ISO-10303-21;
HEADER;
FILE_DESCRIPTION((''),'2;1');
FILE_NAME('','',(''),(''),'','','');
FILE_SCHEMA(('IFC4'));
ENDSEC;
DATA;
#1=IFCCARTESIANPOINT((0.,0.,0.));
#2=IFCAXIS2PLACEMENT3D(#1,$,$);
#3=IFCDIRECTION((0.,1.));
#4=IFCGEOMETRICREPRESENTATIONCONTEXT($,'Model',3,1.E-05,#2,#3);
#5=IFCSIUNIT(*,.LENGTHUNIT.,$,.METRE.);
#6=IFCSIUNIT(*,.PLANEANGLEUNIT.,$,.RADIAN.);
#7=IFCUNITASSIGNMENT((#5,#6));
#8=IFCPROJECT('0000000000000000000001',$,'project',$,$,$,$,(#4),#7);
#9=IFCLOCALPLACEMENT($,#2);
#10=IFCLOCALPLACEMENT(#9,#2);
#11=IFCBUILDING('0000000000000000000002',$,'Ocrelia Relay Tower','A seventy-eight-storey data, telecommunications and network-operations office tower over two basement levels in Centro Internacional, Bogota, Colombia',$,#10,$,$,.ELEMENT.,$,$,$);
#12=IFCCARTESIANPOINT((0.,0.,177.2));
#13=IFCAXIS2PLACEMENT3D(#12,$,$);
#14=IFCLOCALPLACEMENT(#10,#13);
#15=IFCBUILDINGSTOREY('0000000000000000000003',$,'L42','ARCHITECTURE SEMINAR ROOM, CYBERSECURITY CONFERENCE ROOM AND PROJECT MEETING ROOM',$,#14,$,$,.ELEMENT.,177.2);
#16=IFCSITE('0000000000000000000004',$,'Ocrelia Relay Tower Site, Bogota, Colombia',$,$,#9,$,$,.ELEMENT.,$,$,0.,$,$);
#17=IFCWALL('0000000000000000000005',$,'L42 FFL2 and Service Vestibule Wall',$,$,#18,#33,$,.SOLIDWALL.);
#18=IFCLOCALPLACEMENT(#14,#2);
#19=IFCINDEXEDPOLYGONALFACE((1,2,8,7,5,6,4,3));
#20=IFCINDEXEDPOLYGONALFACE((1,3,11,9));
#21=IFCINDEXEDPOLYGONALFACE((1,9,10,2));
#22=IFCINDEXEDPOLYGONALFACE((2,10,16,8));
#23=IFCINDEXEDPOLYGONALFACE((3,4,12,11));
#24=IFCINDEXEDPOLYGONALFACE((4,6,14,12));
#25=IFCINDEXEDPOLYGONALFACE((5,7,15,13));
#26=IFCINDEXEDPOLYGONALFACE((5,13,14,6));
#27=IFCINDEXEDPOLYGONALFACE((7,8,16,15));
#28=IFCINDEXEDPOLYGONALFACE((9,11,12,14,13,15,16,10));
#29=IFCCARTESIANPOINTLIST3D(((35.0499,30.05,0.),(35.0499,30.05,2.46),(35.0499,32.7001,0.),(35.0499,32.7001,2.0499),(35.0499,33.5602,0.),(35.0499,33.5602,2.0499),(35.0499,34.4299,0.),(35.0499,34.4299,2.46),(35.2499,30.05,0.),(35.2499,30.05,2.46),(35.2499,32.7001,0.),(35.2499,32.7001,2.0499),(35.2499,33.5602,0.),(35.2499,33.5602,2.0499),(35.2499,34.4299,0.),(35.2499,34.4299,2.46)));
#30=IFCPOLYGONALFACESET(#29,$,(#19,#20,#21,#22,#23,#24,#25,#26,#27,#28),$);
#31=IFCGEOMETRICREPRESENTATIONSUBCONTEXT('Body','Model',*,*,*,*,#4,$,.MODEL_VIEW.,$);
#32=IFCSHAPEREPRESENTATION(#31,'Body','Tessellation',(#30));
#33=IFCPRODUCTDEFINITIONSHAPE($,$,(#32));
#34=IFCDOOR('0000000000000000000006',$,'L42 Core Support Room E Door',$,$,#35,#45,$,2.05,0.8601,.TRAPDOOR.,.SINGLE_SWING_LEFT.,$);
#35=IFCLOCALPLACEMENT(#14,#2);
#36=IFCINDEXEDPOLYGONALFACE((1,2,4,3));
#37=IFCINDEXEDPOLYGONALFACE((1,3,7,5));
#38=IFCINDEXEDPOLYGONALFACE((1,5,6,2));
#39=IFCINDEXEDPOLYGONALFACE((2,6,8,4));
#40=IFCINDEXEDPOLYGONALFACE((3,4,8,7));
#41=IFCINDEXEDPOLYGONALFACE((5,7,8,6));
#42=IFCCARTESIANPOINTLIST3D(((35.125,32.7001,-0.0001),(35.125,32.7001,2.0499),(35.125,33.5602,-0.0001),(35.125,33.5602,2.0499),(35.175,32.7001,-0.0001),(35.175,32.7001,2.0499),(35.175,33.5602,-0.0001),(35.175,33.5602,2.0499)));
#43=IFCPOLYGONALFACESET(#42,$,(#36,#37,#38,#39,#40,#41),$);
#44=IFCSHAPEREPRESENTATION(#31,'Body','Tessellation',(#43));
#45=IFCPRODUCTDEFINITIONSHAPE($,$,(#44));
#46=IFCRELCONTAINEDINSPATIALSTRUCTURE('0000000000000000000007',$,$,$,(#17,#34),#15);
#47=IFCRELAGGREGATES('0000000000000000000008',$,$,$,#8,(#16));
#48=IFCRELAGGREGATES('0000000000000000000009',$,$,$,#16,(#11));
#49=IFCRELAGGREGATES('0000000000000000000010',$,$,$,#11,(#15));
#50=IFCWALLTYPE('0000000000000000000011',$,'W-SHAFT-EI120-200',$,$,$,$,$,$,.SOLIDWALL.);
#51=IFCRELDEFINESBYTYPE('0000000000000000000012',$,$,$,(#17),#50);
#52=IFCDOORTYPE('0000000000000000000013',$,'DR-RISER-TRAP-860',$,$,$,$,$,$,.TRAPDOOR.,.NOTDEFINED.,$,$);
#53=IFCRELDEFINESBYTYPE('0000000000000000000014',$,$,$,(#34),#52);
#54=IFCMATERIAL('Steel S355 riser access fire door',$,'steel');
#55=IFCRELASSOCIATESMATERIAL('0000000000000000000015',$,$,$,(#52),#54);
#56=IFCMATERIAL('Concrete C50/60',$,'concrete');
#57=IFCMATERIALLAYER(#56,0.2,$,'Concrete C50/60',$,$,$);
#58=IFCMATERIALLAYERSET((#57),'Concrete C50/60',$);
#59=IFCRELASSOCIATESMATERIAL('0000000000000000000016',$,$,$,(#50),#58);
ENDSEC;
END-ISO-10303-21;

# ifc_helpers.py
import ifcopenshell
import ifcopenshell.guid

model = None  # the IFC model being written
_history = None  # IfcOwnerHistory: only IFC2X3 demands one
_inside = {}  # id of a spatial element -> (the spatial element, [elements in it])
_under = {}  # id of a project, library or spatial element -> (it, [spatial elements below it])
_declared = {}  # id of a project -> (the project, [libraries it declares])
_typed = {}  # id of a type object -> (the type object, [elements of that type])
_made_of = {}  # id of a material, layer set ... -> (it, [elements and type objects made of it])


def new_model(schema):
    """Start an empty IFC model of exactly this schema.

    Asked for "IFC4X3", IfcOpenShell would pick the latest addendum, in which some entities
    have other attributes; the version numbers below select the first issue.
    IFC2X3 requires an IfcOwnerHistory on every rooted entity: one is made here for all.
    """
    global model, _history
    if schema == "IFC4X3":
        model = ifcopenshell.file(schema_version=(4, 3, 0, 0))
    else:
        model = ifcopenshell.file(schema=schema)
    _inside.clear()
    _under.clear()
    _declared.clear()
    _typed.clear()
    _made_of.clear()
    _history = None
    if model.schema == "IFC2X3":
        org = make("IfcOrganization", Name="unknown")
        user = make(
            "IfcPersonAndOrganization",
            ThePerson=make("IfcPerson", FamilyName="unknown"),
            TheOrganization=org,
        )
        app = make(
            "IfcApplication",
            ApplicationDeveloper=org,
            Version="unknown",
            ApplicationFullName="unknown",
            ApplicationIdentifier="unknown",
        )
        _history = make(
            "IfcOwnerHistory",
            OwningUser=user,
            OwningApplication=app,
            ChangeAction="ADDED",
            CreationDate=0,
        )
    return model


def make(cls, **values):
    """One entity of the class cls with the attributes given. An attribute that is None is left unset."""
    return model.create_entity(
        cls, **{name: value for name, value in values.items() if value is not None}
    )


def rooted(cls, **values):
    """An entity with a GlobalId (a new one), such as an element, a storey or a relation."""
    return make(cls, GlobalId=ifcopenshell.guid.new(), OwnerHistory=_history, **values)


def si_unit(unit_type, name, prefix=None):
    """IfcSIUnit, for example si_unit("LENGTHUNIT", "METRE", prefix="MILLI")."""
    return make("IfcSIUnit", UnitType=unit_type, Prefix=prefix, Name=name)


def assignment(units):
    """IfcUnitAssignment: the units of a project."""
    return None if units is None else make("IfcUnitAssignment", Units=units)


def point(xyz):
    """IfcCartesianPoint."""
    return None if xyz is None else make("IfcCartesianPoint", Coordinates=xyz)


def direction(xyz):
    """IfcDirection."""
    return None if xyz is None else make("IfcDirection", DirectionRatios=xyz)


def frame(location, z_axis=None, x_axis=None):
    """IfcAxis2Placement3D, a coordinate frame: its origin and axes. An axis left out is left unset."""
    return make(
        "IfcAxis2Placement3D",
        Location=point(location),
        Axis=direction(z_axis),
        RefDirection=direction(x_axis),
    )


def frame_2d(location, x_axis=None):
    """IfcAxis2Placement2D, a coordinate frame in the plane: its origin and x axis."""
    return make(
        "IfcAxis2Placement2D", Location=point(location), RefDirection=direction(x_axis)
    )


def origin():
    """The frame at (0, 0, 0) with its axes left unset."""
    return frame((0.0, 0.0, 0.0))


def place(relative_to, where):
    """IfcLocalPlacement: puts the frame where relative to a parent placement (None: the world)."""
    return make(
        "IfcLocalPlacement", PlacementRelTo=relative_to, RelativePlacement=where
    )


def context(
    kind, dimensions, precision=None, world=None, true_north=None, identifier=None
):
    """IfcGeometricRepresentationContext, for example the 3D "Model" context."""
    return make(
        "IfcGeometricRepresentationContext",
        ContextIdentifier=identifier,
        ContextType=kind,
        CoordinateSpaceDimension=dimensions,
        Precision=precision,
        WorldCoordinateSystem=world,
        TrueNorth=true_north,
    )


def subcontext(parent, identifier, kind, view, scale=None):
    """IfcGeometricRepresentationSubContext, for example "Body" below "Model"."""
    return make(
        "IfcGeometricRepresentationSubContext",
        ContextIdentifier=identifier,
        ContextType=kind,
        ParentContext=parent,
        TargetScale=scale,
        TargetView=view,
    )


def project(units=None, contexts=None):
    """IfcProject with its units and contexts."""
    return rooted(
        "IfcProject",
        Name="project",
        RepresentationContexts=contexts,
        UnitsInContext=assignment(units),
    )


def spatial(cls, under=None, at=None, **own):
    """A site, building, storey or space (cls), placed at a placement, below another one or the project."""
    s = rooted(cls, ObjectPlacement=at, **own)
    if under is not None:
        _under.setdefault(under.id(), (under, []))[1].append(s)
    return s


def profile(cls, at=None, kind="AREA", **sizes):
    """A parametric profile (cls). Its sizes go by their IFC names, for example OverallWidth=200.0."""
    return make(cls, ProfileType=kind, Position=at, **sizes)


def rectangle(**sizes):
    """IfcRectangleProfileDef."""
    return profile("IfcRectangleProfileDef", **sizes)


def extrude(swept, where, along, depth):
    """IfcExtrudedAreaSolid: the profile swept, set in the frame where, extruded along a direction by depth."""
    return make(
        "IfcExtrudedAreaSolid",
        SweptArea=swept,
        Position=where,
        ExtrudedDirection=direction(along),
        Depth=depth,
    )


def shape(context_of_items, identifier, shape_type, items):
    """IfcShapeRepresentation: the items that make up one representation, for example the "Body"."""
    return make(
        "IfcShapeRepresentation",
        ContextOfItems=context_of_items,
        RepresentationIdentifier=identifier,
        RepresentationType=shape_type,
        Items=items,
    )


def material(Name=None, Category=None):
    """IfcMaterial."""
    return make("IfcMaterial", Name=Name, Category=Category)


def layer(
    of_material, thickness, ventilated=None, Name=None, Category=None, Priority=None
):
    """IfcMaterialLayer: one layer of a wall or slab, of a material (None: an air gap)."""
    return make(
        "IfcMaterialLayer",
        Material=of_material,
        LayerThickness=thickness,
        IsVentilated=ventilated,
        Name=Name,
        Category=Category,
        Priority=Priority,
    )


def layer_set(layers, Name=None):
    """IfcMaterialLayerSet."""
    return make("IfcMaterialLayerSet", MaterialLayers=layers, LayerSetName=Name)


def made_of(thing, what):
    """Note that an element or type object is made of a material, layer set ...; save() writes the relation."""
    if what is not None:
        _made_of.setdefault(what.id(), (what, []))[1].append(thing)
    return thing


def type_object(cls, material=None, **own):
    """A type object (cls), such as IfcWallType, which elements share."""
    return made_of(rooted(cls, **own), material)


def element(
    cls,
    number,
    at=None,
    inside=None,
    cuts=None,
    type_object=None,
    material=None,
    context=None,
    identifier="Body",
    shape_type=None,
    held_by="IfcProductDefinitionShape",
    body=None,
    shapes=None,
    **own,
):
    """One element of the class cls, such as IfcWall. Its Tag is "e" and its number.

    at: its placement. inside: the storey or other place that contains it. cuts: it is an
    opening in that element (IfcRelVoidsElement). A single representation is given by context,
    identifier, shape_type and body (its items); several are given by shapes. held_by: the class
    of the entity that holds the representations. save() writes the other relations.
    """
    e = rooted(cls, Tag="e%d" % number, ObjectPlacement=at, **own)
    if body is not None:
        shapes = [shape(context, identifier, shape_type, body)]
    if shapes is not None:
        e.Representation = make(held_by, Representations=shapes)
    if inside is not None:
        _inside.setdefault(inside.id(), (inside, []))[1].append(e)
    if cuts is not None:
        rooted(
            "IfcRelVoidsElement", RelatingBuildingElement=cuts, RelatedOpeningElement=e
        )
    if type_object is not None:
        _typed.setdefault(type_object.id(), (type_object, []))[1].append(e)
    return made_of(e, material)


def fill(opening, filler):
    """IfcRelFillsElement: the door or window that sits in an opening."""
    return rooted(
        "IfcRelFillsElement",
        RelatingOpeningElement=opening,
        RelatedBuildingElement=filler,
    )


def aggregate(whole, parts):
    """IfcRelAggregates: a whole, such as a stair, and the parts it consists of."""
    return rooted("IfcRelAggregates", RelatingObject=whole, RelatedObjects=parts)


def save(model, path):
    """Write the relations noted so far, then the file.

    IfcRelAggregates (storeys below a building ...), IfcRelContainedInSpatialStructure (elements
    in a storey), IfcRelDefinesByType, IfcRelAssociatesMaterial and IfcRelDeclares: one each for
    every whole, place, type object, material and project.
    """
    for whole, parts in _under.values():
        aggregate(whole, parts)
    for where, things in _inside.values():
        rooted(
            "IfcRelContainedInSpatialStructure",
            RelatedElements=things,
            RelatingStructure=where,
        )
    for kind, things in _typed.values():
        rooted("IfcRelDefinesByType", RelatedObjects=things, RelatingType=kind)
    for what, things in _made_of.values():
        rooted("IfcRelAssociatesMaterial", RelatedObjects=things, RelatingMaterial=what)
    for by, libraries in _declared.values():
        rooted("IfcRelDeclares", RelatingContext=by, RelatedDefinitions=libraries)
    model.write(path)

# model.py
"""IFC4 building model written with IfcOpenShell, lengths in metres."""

from ifc_helpers import new_model, si_unit, direction, frame, frame_2d, origin, place, context, subcontext, project, spatial, rectangle, extrude, material, layer, layer_set, type_object, element, fill, save


model = new_model("IFC4")

# Units and contexts
model_context = context("Model", 3, precision=1e-05, world=origin(), true_north=direction((0.0, 1.0)))
body_context = subcontext(model_context, "Body", "Model", "MODEL_VIEW")
ifc_project = project(units=[si_unit("LENGTHUNIT", "METRE"), si_unit("PLANEANGLEUNIT", "RADIAN")], contexts=[model_context])

# Site, building, storey
site_placement = place(None, origin())
site = spatial("IfcSite", under=ifc_project, at=site_placement, Name="Ocrelia Relay Tower Site, Bogota, Colombia", CompositionType="ELEMENT", RefElevation=0.0)
building_placement = place(site_placement, origin())
building = spatial("IfcBuilding", under=site, at=building_placement, Name="Ocrelia Relay Tower", Description="A seventy-eight-storey data, telecommunications and network-operations office tower over two basement levels in Centro Internacional, Bogota, Colombia", CompositionType="ELEMENT")
storey_placement = place(building_placement, frame((0.0, 0.0, 177.2)))
storey = spatial("IfcBuildingStorey", under=building, at=storey_placement, Name="L42", Description="ARCHITECTURE SEMINAR ROOM, CYBERSECURITY CONFERENCE ROOM AND PROJECT MEETING ROOM", CompositionType="ELEMENT", Elevation=177.2)

# Shared definitions
ifc_material_1 = material(Name="Concrete C50/60", Category="concrete")

# Shared definitions
ifc_material_2 = material(Name="Steel S355 riser access fire door", Category="steel")
door_type_1 = type_object("IfcDoorType", Name="DR-RISER-TRAP-860", OperationType="NOTDEFINED", PredefinedType="TRAPDOOR", material=ifc_material_2)
ifc_layer_1 = layer(ifc_material_1, 0.2, Name="Concrete C50/60")
ifc_layer_set_1 = layer_set([ifc_layer_1], Name="Concrete C50/60")
wall_type_1 = type_object("IfcWallType", Name="W-SHAFT-EI120-200", PredefinedType="SOLIDWALL", material=ifc_layer_set_1)

# Wall, opening, door
wall_1_placement = place(storey_placement, frame((35.1499, 30.05, 0.0), z_axis=(0.0, 0.0, 1.0), x_axis=(0.0, 1.0, 0.0)))
wall_1 = element("IfcWall", 1, at=wall_1_placement, inside=storey, type_object=wall_type_1, Name="L42 FFL2 and Service Vestibule Wall", PredefinedType="SOLIDWALL", context=body_context, shape_type="SweptSolid", body=[
    extrude(rectangle(XDim=4.3799, YDim=0.2, at=frame_2d((2.1899, 0.0))), origin(), (0.0, 0.0, 1.0), 2.46),
])
opening_1_placement = place(wall_1_placement, frame((2.6499, 0.0, 0.0)))
opening_1 = element("IfcOpeningElement", 2, at=opening_1_placement, cuts=wall_1, PredefinedType="OPENING", context=body_context, shape_type="SweptSolid", body=[
    extrude(rectangle(XDim=0.8601, YDim=2.05, at=frame_2d((0.4302, 1.0249))), frame((0.0, 0.1099, 0.0), z_axis=(0.0, -1.0, 0.0), x_axis=(1.0, 0.0, 0.0)), (0.0, 0.0, 1.0), 0.22),
])
door_1_placement = place(opening_1_placement, origin())
door_1 = element("IfcDoor", 3, at=door_1_placement, inside=storey, type_object=door_type_1, Name="L42 Core Support Room E Door", OperationType="SINGLE_SWING_LEFT", OverallHeight=2.05, OverallWidth=0.8601, PredefinedType="TRAPDOOR", context=body_context, shape_type="SweptSolid", body=[
    extrude(rectangle(XDim=0.8601, YDim=2.05, at=frame_2d((0.4302, 1.0249))), frame((0.0, 0.0249, 0.0), z_axis=(0.0, -1.0, 0.0), x_axis=(1.0, 0.0, 0.0)), (0.0, 0.0, 1.0), 0.05),
])
fill(opening_1, door_1)

save(model, "model.ifc")
